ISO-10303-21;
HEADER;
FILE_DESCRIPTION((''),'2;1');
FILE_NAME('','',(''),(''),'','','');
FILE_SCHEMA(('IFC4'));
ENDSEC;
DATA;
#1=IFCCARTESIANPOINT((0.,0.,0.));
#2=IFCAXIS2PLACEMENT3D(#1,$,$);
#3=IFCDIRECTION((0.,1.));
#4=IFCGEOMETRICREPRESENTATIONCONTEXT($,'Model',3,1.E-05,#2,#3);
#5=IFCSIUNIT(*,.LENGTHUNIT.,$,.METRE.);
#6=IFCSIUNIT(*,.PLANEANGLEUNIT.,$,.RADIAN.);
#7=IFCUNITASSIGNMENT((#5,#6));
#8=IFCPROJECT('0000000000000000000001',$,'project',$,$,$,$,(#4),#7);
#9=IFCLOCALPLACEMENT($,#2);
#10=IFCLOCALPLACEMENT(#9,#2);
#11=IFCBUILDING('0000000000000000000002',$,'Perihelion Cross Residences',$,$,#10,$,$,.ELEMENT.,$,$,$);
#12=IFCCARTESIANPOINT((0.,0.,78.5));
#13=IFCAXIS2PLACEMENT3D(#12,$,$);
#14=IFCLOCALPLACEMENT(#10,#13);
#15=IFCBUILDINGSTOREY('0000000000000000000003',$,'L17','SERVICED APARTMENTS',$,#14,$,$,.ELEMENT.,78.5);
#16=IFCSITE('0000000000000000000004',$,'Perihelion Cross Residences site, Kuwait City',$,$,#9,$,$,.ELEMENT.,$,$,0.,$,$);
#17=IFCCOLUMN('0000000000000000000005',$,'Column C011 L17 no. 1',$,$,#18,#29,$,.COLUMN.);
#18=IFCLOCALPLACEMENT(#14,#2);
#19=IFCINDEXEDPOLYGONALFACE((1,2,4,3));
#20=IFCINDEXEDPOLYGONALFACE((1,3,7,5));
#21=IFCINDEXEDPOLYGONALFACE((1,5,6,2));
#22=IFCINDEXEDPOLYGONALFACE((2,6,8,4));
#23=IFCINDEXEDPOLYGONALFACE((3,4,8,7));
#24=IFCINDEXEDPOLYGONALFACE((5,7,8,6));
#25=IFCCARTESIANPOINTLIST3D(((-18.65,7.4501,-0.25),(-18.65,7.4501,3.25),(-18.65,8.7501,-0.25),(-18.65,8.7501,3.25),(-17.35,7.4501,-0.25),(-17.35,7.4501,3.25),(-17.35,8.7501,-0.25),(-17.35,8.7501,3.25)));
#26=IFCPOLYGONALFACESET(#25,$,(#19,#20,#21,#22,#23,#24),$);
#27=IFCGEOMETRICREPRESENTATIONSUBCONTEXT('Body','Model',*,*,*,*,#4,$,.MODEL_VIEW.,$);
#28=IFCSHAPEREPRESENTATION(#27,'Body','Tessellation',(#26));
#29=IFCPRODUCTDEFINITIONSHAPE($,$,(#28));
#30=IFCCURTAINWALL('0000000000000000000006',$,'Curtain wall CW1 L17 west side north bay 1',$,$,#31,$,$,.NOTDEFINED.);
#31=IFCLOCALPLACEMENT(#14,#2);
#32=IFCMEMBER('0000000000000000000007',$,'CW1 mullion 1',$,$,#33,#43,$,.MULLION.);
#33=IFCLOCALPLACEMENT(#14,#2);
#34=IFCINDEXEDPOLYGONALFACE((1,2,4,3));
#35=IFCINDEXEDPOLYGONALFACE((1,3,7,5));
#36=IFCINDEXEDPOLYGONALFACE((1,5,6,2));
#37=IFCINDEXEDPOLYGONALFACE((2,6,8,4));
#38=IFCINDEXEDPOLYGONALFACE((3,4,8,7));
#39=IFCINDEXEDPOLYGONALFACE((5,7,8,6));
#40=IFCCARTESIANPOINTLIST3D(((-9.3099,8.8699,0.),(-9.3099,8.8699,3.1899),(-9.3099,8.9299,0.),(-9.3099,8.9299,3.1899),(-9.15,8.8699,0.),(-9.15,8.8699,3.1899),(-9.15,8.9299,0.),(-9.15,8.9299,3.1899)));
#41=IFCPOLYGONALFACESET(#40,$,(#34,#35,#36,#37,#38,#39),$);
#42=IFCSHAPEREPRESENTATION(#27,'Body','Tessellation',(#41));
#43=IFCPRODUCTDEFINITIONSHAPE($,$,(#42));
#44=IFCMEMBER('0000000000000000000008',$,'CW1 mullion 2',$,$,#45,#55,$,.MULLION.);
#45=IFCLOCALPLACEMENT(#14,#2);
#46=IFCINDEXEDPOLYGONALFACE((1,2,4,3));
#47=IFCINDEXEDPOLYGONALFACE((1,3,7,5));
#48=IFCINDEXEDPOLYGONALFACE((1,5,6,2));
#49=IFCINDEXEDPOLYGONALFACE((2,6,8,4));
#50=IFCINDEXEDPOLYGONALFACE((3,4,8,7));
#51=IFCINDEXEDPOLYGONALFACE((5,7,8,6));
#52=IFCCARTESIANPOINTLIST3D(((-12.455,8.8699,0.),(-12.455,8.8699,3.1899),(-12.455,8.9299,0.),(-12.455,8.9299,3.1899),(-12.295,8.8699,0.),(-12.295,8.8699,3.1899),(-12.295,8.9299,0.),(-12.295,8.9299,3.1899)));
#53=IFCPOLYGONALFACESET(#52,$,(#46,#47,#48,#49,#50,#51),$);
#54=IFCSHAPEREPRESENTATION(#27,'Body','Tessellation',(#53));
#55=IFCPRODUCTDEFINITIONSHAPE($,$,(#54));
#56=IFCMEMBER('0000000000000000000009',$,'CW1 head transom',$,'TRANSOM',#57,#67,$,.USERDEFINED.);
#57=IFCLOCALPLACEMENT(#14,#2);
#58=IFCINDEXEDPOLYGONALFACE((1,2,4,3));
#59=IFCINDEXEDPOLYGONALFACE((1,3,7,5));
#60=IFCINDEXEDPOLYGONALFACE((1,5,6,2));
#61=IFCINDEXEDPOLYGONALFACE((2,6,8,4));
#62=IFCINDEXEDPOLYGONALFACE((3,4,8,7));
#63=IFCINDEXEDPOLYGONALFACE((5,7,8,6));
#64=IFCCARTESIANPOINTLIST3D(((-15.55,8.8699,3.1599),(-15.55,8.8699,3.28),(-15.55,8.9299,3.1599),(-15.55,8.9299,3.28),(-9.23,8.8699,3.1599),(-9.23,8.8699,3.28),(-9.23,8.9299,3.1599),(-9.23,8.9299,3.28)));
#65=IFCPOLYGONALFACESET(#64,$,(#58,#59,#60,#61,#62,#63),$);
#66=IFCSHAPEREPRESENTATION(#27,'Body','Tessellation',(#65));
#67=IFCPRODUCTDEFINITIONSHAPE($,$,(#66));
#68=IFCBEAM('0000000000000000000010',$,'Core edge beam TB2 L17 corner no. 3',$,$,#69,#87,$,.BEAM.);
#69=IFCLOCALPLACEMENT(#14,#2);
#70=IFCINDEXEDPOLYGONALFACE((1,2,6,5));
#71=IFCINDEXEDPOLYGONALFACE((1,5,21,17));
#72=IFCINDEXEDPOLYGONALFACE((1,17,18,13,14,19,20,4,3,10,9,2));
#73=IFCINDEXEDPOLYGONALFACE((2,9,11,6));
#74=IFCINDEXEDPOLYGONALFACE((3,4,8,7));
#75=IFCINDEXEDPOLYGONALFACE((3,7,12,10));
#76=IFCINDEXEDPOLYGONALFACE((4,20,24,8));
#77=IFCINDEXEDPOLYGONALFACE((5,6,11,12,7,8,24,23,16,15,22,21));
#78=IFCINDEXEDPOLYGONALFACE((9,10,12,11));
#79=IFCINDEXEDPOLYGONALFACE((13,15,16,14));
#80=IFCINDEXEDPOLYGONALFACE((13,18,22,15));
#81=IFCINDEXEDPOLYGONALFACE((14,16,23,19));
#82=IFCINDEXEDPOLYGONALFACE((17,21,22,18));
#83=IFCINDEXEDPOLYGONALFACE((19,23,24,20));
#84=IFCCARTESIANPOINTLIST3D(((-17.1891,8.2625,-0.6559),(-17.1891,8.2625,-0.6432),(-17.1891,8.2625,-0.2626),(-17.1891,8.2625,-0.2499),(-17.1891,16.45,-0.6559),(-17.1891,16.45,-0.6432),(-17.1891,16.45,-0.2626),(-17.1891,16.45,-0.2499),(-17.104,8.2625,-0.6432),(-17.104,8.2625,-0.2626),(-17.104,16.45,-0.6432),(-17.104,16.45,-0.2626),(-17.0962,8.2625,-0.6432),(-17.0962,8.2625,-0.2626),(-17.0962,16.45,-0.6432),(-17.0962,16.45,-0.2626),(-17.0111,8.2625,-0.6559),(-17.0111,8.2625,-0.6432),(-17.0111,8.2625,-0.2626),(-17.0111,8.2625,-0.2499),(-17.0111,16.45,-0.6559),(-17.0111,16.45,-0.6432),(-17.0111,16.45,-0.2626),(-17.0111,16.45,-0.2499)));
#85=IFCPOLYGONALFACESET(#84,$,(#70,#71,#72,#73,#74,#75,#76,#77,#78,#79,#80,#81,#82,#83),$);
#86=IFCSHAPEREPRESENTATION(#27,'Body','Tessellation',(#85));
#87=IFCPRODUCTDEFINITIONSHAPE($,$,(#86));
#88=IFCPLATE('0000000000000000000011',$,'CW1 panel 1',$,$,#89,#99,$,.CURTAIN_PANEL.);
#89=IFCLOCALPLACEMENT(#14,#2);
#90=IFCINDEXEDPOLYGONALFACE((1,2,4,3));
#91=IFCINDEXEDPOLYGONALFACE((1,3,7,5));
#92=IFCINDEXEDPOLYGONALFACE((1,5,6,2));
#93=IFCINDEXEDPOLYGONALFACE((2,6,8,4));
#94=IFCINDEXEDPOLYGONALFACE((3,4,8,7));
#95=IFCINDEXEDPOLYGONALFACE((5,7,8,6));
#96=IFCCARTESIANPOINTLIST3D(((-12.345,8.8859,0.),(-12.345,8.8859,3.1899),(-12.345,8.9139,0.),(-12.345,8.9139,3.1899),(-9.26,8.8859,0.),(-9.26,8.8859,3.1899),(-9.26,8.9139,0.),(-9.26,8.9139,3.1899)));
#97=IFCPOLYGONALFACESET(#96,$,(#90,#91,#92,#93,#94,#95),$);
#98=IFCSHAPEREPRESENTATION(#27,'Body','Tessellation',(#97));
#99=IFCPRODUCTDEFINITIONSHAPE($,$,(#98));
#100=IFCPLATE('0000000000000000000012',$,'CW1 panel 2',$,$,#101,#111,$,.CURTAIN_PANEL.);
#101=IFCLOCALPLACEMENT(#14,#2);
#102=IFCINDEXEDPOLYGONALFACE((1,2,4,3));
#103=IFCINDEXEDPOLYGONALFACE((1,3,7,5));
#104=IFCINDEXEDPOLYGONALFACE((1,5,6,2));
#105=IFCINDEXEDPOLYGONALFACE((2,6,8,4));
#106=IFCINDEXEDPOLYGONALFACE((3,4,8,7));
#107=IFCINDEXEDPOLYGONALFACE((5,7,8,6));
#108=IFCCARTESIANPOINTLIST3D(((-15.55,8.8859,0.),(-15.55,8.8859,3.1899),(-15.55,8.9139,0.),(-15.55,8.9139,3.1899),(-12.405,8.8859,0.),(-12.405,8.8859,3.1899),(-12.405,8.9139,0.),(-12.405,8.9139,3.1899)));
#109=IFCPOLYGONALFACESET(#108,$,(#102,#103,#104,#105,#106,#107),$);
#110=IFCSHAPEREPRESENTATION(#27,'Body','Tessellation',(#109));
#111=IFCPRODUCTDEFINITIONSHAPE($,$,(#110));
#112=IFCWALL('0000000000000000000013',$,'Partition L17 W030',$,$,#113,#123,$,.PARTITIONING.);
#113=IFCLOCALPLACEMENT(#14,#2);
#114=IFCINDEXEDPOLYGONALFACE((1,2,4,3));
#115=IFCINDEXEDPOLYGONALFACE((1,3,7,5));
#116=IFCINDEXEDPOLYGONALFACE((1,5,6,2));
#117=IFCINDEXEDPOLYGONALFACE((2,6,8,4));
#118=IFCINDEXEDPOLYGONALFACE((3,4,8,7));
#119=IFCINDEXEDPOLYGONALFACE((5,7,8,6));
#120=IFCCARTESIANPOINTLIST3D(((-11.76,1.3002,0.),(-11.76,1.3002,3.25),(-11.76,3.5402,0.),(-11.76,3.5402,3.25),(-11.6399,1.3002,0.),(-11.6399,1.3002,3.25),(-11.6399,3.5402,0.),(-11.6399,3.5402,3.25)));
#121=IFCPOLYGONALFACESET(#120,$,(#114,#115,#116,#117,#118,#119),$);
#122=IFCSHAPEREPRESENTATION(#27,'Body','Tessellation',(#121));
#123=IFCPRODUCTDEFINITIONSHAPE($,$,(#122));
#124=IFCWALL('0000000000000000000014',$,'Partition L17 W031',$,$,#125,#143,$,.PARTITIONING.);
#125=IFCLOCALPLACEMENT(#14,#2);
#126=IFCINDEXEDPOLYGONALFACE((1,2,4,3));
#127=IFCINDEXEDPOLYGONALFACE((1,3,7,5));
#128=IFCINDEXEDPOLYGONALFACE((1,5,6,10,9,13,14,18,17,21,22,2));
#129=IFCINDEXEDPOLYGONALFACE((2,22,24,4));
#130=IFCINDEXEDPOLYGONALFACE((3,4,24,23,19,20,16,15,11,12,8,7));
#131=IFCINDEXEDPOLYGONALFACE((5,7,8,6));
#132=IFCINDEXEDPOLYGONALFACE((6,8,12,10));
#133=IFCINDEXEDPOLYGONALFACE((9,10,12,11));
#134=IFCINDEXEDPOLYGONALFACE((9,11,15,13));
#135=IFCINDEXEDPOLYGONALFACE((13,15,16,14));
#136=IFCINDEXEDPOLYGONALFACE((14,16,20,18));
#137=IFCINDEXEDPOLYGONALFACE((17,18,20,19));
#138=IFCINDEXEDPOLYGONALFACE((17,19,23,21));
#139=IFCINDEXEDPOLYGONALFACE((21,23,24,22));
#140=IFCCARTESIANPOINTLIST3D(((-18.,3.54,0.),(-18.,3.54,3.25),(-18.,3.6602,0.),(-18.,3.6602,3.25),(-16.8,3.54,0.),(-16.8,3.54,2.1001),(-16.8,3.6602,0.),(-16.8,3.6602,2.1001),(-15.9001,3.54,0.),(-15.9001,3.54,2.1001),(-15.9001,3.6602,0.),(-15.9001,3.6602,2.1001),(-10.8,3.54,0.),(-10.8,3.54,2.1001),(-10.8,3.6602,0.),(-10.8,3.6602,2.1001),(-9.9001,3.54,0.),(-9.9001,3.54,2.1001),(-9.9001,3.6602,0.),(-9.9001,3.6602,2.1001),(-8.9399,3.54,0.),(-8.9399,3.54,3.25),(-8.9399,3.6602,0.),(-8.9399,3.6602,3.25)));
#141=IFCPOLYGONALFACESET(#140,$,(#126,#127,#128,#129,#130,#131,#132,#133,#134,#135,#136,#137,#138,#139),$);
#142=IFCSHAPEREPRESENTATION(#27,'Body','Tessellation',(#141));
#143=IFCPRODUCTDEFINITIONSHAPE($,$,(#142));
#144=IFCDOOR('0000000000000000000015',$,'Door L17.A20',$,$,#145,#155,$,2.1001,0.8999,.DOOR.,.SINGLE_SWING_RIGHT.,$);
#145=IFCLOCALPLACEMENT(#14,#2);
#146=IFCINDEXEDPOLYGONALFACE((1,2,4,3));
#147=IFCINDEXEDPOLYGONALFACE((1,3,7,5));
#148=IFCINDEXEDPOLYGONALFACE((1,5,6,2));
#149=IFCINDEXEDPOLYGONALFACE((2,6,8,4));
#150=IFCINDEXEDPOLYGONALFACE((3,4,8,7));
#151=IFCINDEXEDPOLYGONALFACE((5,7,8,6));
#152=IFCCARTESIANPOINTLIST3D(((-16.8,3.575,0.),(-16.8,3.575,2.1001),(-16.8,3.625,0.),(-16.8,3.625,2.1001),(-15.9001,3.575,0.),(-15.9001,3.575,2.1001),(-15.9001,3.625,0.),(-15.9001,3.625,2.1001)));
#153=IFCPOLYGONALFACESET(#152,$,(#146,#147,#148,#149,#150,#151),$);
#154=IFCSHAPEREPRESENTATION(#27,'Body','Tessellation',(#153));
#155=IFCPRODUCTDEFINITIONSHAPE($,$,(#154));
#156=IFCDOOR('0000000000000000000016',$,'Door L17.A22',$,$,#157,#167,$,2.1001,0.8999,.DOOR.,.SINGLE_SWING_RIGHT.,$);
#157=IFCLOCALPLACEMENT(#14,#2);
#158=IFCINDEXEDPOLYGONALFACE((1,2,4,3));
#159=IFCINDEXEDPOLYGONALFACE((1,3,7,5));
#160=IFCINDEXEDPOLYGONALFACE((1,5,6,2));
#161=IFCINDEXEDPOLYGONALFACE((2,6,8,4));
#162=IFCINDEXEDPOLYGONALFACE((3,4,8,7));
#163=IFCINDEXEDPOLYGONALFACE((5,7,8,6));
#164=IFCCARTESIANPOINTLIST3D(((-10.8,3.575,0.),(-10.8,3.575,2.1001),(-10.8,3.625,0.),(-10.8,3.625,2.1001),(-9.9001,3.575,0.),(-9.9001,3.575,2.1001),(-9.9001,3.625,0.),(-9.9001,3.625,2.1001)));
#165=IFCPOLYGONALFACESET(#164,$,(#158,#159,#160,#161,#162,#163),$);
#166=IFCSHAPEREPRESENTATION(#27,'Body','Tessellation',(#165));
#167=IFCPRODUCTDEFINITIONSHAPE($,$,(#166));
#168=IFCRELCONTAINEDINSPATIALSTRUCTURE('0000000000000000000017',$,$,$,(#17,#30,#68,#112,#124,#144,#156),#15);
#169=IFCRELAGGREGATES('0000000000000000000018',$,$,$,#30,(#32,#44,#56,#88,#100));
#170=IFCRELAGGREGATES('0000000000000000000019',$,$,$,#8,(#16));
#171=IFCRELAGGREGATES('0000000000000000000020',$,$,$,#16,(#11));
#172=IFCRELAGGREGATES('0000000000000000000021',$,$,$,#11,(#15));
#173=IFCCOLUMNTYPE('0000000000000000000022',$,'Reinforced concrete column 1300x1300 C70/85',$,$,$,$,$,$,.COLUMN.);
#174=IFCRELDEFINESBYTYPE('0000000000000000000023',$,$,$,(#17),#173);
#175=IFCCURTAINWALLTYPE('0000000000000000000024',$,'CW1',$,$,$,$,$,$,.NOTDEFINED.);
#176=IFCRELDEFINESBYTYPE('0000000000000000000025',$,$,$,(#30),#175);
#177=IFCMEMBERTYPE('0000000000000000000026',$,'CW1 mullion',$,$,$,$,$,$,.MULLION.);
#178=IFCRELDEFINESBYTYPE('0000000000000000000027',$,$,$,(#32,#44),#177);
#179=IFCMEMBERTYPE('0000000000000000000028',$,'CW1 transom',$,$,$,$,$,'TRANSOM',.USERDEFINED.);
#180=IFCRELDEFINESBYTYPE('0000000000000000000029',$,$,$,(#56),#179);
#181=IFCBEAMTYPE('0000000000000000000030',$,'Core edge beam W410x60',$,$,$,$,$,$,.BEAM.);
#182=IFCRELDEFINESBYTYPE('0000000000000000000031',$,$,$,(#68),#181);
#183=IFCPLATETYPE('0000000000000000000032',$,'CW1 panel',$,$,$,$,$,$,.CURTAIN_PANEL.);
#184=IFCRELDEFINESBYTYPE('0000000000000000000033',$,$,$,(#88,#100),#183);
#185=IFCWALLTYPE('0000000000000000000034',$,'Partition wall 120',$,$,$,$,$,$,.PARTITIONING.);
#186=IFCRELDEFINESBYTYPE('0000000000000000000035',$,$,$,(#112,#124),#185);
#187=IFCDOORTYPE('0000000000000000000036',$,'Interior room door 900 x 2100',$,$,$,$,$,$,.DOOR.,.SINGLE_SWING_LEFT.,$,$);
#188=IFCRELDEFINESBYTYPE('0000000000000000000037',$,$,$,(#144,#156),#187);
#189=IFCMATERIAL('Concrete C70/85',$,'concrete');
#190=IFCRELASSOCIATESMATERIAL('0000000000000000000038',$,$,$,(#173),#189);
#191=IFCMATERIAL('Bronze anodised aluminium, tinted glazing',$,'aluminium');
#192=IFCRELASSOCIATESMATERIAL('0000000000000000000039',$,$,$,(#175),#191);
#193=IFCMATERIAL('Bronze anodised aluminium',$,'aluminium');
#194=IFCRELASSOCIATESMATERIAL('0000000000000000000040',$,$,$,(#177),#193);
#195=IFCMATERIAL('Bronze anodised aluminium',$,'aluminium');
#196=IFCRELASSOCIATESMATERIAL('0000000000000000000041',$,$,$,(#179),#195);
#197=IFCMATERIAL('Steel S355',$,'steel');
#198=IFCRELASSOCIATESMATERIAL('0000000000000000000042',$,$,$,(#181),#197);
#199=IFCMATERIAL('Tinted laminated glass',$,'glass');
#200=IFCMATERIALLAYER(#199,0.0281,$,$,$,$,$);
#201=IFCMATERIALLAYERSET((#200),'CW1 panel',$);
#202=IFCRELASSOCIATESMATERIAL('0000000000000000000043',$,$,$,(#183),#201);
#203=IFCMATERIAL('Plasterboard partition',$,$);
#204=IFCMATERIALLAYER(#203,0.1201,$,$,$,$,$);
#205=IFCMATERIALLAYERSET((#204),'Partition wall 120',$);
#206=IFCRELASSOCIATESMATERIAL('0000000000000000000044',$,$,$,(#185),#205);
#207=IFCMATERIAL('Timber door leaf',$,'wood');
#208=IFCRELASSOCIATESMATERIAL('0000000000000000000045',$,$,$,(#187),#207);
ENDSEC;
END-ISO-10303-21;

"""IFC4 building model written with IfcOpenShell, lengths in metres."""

from ifc_helpers import new_model, si_unit, direction, frame, frame_2d, origin, origin_2d, place, context, subcontext, project, spatial, rectangle, i_section, extrude, material, layer, layer_set, material_profile, profile_set, type_object, element, fill, aggregate, save


model = new_model("IFC4")

# Units and contexts
model_context = context("Model", 3, precision=1e-05, world=origin(), true_north=direction((0.0, 1.0)))
body_context = subcontext(model_context, "Body", "Model", "MODEL_VIEW")
ifc_project = project(units=[si_unit("LENGTHUNIT", "METRE"), si_unit("PLANEANGLEUNIT", "RADIAN")], contexts=[model_context])

# Site, building, storey
site_placement = place(None, origin())
site = spatial("IfcSite", under=ifc_project, at=site_placement, Name="Perihelion Cross Residences site, Kuwait City", CompositionType="ELEMENT", RefElevation=0.0)
building_placement = place(site_placement, origin())
building = spatial("IfcBuilding", under=site, at=building_placement, Name="Perihelion Cross Residences", CompositionType="ELEMENT")
storey_placement = place(building_placement, frame((0.0, 0.0, 78.5)))
storey = spatial("IfcBuildingStorey", under=building, at=storey_placement, Name="L17", Description="SERVICED APARTMENTS", CompositionType="ELEMENT", Elevation=78.5)

# Column
ifc_material_1 = material(Name="Concrete C70/85", Category="concrete")
ifc_material_profile_1 = material_profile(ifc_material_1, rectangle(XDim=1.3, YDim=1.3, at=origin_2d()), Name="RC 1300x1300")
ifc_profile_set_1 = profile_set([ifc_material_profile_1], Name="Concrete C70/85")
column_type = type_object("IfcColumnType", Name="Reinforced concrete column 1300x1300 C70/85", PredefinedType="COLUMN", material=ifc_profile_set_1)
column_placement = place(storey_placement, frame((-18.0, 8.1001, -0.25), z_axis=(0.0, 0.0, 1.0), x_axis=(1.0, 0.0, 0.0)))
element("IfcColumn", 1, at=column_placement, inside=storey, type_object=column_type, Name="Column C011 L17 no. 1", PredefinedType="COLUMN", context=body_context, shape_type="SweptSolid", body=[
    extrude(rectangle(XDim=1.3, YDim=1.3, at=origin_2d()), origin(), (0.0, 0.0, 1.0), 3.5),
])

# Curtain wall, members
ifc_material_2 = material(Name="Bronze anodised aluminium, tinted glazing", Category="aluminium")
curtain_wall_type = type_object("IfcCurtainWallType", Name="CW1", PredefinedType="NOTDEFINED", material=ifc_material_2)
curtain_wall_placement = place(storey_placement, origin())
curtain_wall = element("IfcCurtainWall", 2, at=curtain_wall_placement, inside=storey, type_object=curtain_wall_type, Name="Curtain wall CW1 L17 west side north bay 1", PredefinedType="NOTDEFINED")
ifc_material_3 = material(Name="Bronze anodised aluminium", Category="aluminium")
ifc_material_profile_2 = material_profile(ifc_material_3, rectangle(XDim=0.0601, YDim=0.1599, at=origin_2d()), Name="CW1 mullion")
ifc_profile_set_2 = profile_set([ifc_material_profile_2], Name="Bronze anodised aluminium")
member_type_1 = type_object("IfcMemberType", Name="CW1 mullion", PredefinedType="MULLION", material=ifc_profile_set_2)
member_1_placement = place(storey_placement, frame((-9.23, 8.8999, 0.0), z_axis=(0.0, 0.0, 1.0), x_axis=(0.0, -1.0, 0.0)))
member_1 = element("IfcMember", 3, at=member_1_placement, type_object=member_type_1, Name="CW1 mullion 1", PredefinedType="MULLION", context=body_context, shape_type="SweptSolid", body=[
    extrude(rectangle(XDim=0.0601, YDim=0.1599, at=origin_2d()), origin(), (0.0, 0.0, 1.0), 3.1899),
])
member_2_placement = place(storey_placement, frame((-12.375, 8.8999, 0.0), z_axis=(0.0, 0.0, 1.0), x_axis=(0.0, -1.0, 0.0)))
member_2 = element("IfcMember", 4, at=member_2_placement, type_object=member_type_1, Name="CW1 mullion 2", PredefinedType="MULLION", context=body_context, shape_type="SweptSolid", body=[
    extrude(rectangle(XDim=0.0601, YDim=0.1599, at=origin_2d()), origin(), (0.0, 0.0, 1.0), 3.1899),
])
ifc_material_4 = material(Name="Bronze anodised aluminium", Category="aluminium")
ifc_material_profile_3 = material_profile(ifc_material_4, rectangle(XDim=0.0601, YDim=0.1201, at=origin_2d()), Name="CW1 transom")
ifc_profile_set_3 = profile_set([ifc_material_profile_3], Name="Bronze anodised aluminium")
member_type_2 = type_object("IfcMemberType", Name="CW1 transom", ElementType="TRANSOM", PredefinedType="USERDEFINED", material=ifc_profile_set_3)
member_3_placement = place(storey_placement, frame((-9.23, 8.8999, 3.22), z_axis=(-1.0, 0.0, 0.0), x_axis=(0.0, -1.0, 0.0)))
member_3 = element("IfcMember", 5, at=member_3_placement, type_object=member_type_2, Name="CW1 head transom", ObjectType="TRANSOM", PredefinedType="USERDEFINED", context=body_context, shape_type="SweptSolid", body=[
    extrude(rectangle(XDim=0.0601, YDim=0.1201, at=origin_2d()), origin(), (0.0, 0.0, 1.0), 6.3201),
])

# Beam
ifc_material_5 = material(Name="Steel S355", Category="steel")
ifc_material_profile_4 = material_profile(ifc_material_5, i_section(OverallWidth=0.178, OverallDepth=0.406, WebThickness=0.0078, FlangeThickness=0.0127, at=origin_2d()), Name="W410x60")
ifc_profile_set_4 = profile_set([ifc_material_profile_4], Name="Steel S355")
beam_type = type_object("IfcBeamType", Name="Core edge beam W410x60", PredefinedType="BEAM", material=ifc_profile_set_4)
beam_placement = place(storey_placement, frame((-17.1001, 8.2625, -0.4529), z_axis=(0.0, 1.0, 0.0), x_axis=(-1.0, 0.0, 0.0)))
element("IfcBeam", 6, at=beam_placement, inside=storey, type_object=beam_type, Name="Core edge beam TB2 L17 corner no. 3", PredefinedType="BEAM", context=body_context, shape_type="SweptSolid", body=[
    extrude(i_section(OverallWidth=0.178, OverallDepth=0.406, WebThickness=0.0078, FlangeThickness=0.0127, at=origin_2d()), origin(), (0.0, 0.0, 1.0), 8.1875),
])

# Plates
ifc_material_6 = material(Name="Tinted laminated glass", Category="glass")
ifc_layer_1 = layer(ifc_material_6, 0.0281)
ifc_layer_set_1 = layer_set([ifc_layer_1], Name="CW1 panel")
plate_type = type_object("IfcPlateType", Name="CW1 panel", PredefinedType="CURTAIN_PANEL", material=ifc_layer_set_1)
plate_1_placement = place(storey_placement, frame((-10.8025, 8.8999, 0.0), z_axis=(0.0, 0.0, 1.0), x_axis=(-1.0, 0.0, 0.0)))
plate_1 = element("IfcPlate", 7, at=plate_1_placement, type_object=plate_type, Name="CW1 panel 1", PredefinedType="CURTAIN_PANEL", context=body_context, shape_type="SweptSolid", body=[
    extrude(rectangle(XDim=3.085, YDim=0.0281, at=origin_2d()), origin(), (0.0, 0.0, 1.0), 3.1899),
])
plate_2_placement = place(storey_placement, frame((-13.9775, 8.8999, 0.0), z_axis=(0.0, 0.0, 1.0), x_axis=(-1.0, 0.0, 0.0)))
plate_2 = element("IfcPlate", 8, at=plate_2_placement, type_object=plate_type, Name="CW1 panel 2", PredefinedType="CURTAIN_PANEL", context=body_context, shape_type="SweptSolid", body=[
    extrude(rectangle(XDim=3.145, YDim=0.0281, at=origin_2d()), origin(), (0.0, 0.0, 1.0), 3.1899),
])
aggregate(curtain_wall, [member_1, member_2, member_3, plate_1, plate_2])

# Wall
ifc_material_7 = material(Name="Plasterboard partition")
ifc_layer_2 = layer(ifc_material_7, 0.1201)
ifc_layer_set_2 = layer_set([ifc_layer_2], Name="Partition wall 120")
wall_type_1 = type_object("IfcWallType", Name="Partition wall 120", PredefinedType="PARTITIONING", material=ifc_layer_set_2)
wall_1_placement = place(storey_placement, frame((-11.7, 1.3, 0.0), z_axis=(0.0, 0.0, 1.0), x_axis=(0.0, 1.0, 0.0)))
element("IfcWall", 9, at=wall_1_placement, inside=storey, type_object=wall_type_1, Name="Partition L17 W030", PredefinedType="PARTITIONING", context=body_context, shape_type="SweptSolid", body=[
    extrude(rectangle(XDim=2.24, YDim=0.1201, at=frame_2d((1.1201, 0.0))), origin(), (0.0, 0.0, 1.0), 3.25),
])

# Wall, openings, doors
wall_2_placement = place(storey_placement, frame((-18.0, 3.6001, 0.0), z_axis=(0.0, 0.0, 1.0), x_axis=(1.0, 0.0, 0.0)))
wall_2 = element("IfcWall", 10, at=wall_2_placement, inside=storey, type_object=wall_type_1, Name="Partition L17 W031", PredefinedType="PARTITIONING", context=body_context, shape_type="SweptSolid", body=[
    extrude(rectangle(XDim=9.0601, YDim=0.1201, at=frame_2d((4.53, 0.0))), origin(), (0.0, 0.0, 1.0), 3.25),
])
opening_1_placement = place(wall_2_placement, frame((1.2, 0.0, 0.0)))
opening_1 = element("IfcOpeningElement", 11, at=opening_1_placement, cuts=wall_2, PredefinedType="OPENING", context=body_context, shape_type="SweptSolid", body=[
    extrude(rectangle(XDim=0.8999, YDim=2.1001, at=frame_2d((0.45, 1.05))), frame((0.0, 0.0701, 0.0), z_axis=(0.0, -1.0, 0.0), x_axis=(1.0, 0.0, 0.0)), (0.0, 0.0, 1.0), 0.1401),
])
opening_2_placement = place(wall_2_placement, frame((7.2, 0.0, 0.0)))
opening_2 = element("IfcOpeningElement", 12, at=opening_2_placement, cuts=wall_2, PredefinedType="OPENING", context=body_context, shape_type="SweptSolid", body=[
    extrude(rectangle(XDim=0.8999, YDim=2.1001, at=frame_2d((0.45, 1.05))), frame((0.0, 0.0701, 0.0), z_axis=(0.0, -1.0, 0.0), x_axis=(1.0, 0.0, 0.0)), (0.0, 0.0, 1.0), 0.1401),
])
ifc_material_8 = material(Name="Timber door leaf", Category="wood")
door_type_1 = type_object("IfcDoorType", Name="Interior room door 900 x 2100", OperationType="SINGLE_SWING_LEFT", PredefinedType="DOOR", material=ifc_material_8)
door_1_placement = place(opening_1_placement, origin())
door_1 = element("IfcDoor", 13, at=door_1_placement, inside=storey, type_object=door_type_1, Name="Door L17.A20", OperationType="SINGLE_SWING_RIGHT", OverallHeight=2.1001, OverallWidth=0.8999, PredefinedType="DOOR", context=body_context, shape_type="SweptSolid", body=[
    extrude(rectangle(XDim=0.8999, YDim=2.1001, at=frame_2d((0.45, 1.05))), frame((0.0, 0.0249, 0.0), z_axis=(0.0, -1.0, 0.0), x_axis=(1.0, 0.0, 0.0)), (0.0, 0.0, 1.0), 0.05),
])
fill(opening_1, door_1)
door_2_placement = place(opening_2_placement, origin())
door_2 = element("IfcDoor", 14, at=door_2_placement, inside=storey, type_object=door_type_1, Name="Door L17.A22", OperationType="SINGLE_SWING_RIGHT", OverallHeight=2.1001, OverallWidth=0.8999, PredefinedType="DOOR", context=body_context, shape_type="SweptSolid", body=[
    extrude(rectangle(XDim=0.8999, YDim=2.1001, at=frame_2d((0.45, 1.05))), frame((0.0, 0.0249, 0.0), z_axis=(0.0, -1.0, 0.0), x_axis=(1.0, 0.0, 0.0)), (0.0, 0.0, 1.0), 0.05),
])
fill(opening_2, door_2)

save(model, "model.ifc")
